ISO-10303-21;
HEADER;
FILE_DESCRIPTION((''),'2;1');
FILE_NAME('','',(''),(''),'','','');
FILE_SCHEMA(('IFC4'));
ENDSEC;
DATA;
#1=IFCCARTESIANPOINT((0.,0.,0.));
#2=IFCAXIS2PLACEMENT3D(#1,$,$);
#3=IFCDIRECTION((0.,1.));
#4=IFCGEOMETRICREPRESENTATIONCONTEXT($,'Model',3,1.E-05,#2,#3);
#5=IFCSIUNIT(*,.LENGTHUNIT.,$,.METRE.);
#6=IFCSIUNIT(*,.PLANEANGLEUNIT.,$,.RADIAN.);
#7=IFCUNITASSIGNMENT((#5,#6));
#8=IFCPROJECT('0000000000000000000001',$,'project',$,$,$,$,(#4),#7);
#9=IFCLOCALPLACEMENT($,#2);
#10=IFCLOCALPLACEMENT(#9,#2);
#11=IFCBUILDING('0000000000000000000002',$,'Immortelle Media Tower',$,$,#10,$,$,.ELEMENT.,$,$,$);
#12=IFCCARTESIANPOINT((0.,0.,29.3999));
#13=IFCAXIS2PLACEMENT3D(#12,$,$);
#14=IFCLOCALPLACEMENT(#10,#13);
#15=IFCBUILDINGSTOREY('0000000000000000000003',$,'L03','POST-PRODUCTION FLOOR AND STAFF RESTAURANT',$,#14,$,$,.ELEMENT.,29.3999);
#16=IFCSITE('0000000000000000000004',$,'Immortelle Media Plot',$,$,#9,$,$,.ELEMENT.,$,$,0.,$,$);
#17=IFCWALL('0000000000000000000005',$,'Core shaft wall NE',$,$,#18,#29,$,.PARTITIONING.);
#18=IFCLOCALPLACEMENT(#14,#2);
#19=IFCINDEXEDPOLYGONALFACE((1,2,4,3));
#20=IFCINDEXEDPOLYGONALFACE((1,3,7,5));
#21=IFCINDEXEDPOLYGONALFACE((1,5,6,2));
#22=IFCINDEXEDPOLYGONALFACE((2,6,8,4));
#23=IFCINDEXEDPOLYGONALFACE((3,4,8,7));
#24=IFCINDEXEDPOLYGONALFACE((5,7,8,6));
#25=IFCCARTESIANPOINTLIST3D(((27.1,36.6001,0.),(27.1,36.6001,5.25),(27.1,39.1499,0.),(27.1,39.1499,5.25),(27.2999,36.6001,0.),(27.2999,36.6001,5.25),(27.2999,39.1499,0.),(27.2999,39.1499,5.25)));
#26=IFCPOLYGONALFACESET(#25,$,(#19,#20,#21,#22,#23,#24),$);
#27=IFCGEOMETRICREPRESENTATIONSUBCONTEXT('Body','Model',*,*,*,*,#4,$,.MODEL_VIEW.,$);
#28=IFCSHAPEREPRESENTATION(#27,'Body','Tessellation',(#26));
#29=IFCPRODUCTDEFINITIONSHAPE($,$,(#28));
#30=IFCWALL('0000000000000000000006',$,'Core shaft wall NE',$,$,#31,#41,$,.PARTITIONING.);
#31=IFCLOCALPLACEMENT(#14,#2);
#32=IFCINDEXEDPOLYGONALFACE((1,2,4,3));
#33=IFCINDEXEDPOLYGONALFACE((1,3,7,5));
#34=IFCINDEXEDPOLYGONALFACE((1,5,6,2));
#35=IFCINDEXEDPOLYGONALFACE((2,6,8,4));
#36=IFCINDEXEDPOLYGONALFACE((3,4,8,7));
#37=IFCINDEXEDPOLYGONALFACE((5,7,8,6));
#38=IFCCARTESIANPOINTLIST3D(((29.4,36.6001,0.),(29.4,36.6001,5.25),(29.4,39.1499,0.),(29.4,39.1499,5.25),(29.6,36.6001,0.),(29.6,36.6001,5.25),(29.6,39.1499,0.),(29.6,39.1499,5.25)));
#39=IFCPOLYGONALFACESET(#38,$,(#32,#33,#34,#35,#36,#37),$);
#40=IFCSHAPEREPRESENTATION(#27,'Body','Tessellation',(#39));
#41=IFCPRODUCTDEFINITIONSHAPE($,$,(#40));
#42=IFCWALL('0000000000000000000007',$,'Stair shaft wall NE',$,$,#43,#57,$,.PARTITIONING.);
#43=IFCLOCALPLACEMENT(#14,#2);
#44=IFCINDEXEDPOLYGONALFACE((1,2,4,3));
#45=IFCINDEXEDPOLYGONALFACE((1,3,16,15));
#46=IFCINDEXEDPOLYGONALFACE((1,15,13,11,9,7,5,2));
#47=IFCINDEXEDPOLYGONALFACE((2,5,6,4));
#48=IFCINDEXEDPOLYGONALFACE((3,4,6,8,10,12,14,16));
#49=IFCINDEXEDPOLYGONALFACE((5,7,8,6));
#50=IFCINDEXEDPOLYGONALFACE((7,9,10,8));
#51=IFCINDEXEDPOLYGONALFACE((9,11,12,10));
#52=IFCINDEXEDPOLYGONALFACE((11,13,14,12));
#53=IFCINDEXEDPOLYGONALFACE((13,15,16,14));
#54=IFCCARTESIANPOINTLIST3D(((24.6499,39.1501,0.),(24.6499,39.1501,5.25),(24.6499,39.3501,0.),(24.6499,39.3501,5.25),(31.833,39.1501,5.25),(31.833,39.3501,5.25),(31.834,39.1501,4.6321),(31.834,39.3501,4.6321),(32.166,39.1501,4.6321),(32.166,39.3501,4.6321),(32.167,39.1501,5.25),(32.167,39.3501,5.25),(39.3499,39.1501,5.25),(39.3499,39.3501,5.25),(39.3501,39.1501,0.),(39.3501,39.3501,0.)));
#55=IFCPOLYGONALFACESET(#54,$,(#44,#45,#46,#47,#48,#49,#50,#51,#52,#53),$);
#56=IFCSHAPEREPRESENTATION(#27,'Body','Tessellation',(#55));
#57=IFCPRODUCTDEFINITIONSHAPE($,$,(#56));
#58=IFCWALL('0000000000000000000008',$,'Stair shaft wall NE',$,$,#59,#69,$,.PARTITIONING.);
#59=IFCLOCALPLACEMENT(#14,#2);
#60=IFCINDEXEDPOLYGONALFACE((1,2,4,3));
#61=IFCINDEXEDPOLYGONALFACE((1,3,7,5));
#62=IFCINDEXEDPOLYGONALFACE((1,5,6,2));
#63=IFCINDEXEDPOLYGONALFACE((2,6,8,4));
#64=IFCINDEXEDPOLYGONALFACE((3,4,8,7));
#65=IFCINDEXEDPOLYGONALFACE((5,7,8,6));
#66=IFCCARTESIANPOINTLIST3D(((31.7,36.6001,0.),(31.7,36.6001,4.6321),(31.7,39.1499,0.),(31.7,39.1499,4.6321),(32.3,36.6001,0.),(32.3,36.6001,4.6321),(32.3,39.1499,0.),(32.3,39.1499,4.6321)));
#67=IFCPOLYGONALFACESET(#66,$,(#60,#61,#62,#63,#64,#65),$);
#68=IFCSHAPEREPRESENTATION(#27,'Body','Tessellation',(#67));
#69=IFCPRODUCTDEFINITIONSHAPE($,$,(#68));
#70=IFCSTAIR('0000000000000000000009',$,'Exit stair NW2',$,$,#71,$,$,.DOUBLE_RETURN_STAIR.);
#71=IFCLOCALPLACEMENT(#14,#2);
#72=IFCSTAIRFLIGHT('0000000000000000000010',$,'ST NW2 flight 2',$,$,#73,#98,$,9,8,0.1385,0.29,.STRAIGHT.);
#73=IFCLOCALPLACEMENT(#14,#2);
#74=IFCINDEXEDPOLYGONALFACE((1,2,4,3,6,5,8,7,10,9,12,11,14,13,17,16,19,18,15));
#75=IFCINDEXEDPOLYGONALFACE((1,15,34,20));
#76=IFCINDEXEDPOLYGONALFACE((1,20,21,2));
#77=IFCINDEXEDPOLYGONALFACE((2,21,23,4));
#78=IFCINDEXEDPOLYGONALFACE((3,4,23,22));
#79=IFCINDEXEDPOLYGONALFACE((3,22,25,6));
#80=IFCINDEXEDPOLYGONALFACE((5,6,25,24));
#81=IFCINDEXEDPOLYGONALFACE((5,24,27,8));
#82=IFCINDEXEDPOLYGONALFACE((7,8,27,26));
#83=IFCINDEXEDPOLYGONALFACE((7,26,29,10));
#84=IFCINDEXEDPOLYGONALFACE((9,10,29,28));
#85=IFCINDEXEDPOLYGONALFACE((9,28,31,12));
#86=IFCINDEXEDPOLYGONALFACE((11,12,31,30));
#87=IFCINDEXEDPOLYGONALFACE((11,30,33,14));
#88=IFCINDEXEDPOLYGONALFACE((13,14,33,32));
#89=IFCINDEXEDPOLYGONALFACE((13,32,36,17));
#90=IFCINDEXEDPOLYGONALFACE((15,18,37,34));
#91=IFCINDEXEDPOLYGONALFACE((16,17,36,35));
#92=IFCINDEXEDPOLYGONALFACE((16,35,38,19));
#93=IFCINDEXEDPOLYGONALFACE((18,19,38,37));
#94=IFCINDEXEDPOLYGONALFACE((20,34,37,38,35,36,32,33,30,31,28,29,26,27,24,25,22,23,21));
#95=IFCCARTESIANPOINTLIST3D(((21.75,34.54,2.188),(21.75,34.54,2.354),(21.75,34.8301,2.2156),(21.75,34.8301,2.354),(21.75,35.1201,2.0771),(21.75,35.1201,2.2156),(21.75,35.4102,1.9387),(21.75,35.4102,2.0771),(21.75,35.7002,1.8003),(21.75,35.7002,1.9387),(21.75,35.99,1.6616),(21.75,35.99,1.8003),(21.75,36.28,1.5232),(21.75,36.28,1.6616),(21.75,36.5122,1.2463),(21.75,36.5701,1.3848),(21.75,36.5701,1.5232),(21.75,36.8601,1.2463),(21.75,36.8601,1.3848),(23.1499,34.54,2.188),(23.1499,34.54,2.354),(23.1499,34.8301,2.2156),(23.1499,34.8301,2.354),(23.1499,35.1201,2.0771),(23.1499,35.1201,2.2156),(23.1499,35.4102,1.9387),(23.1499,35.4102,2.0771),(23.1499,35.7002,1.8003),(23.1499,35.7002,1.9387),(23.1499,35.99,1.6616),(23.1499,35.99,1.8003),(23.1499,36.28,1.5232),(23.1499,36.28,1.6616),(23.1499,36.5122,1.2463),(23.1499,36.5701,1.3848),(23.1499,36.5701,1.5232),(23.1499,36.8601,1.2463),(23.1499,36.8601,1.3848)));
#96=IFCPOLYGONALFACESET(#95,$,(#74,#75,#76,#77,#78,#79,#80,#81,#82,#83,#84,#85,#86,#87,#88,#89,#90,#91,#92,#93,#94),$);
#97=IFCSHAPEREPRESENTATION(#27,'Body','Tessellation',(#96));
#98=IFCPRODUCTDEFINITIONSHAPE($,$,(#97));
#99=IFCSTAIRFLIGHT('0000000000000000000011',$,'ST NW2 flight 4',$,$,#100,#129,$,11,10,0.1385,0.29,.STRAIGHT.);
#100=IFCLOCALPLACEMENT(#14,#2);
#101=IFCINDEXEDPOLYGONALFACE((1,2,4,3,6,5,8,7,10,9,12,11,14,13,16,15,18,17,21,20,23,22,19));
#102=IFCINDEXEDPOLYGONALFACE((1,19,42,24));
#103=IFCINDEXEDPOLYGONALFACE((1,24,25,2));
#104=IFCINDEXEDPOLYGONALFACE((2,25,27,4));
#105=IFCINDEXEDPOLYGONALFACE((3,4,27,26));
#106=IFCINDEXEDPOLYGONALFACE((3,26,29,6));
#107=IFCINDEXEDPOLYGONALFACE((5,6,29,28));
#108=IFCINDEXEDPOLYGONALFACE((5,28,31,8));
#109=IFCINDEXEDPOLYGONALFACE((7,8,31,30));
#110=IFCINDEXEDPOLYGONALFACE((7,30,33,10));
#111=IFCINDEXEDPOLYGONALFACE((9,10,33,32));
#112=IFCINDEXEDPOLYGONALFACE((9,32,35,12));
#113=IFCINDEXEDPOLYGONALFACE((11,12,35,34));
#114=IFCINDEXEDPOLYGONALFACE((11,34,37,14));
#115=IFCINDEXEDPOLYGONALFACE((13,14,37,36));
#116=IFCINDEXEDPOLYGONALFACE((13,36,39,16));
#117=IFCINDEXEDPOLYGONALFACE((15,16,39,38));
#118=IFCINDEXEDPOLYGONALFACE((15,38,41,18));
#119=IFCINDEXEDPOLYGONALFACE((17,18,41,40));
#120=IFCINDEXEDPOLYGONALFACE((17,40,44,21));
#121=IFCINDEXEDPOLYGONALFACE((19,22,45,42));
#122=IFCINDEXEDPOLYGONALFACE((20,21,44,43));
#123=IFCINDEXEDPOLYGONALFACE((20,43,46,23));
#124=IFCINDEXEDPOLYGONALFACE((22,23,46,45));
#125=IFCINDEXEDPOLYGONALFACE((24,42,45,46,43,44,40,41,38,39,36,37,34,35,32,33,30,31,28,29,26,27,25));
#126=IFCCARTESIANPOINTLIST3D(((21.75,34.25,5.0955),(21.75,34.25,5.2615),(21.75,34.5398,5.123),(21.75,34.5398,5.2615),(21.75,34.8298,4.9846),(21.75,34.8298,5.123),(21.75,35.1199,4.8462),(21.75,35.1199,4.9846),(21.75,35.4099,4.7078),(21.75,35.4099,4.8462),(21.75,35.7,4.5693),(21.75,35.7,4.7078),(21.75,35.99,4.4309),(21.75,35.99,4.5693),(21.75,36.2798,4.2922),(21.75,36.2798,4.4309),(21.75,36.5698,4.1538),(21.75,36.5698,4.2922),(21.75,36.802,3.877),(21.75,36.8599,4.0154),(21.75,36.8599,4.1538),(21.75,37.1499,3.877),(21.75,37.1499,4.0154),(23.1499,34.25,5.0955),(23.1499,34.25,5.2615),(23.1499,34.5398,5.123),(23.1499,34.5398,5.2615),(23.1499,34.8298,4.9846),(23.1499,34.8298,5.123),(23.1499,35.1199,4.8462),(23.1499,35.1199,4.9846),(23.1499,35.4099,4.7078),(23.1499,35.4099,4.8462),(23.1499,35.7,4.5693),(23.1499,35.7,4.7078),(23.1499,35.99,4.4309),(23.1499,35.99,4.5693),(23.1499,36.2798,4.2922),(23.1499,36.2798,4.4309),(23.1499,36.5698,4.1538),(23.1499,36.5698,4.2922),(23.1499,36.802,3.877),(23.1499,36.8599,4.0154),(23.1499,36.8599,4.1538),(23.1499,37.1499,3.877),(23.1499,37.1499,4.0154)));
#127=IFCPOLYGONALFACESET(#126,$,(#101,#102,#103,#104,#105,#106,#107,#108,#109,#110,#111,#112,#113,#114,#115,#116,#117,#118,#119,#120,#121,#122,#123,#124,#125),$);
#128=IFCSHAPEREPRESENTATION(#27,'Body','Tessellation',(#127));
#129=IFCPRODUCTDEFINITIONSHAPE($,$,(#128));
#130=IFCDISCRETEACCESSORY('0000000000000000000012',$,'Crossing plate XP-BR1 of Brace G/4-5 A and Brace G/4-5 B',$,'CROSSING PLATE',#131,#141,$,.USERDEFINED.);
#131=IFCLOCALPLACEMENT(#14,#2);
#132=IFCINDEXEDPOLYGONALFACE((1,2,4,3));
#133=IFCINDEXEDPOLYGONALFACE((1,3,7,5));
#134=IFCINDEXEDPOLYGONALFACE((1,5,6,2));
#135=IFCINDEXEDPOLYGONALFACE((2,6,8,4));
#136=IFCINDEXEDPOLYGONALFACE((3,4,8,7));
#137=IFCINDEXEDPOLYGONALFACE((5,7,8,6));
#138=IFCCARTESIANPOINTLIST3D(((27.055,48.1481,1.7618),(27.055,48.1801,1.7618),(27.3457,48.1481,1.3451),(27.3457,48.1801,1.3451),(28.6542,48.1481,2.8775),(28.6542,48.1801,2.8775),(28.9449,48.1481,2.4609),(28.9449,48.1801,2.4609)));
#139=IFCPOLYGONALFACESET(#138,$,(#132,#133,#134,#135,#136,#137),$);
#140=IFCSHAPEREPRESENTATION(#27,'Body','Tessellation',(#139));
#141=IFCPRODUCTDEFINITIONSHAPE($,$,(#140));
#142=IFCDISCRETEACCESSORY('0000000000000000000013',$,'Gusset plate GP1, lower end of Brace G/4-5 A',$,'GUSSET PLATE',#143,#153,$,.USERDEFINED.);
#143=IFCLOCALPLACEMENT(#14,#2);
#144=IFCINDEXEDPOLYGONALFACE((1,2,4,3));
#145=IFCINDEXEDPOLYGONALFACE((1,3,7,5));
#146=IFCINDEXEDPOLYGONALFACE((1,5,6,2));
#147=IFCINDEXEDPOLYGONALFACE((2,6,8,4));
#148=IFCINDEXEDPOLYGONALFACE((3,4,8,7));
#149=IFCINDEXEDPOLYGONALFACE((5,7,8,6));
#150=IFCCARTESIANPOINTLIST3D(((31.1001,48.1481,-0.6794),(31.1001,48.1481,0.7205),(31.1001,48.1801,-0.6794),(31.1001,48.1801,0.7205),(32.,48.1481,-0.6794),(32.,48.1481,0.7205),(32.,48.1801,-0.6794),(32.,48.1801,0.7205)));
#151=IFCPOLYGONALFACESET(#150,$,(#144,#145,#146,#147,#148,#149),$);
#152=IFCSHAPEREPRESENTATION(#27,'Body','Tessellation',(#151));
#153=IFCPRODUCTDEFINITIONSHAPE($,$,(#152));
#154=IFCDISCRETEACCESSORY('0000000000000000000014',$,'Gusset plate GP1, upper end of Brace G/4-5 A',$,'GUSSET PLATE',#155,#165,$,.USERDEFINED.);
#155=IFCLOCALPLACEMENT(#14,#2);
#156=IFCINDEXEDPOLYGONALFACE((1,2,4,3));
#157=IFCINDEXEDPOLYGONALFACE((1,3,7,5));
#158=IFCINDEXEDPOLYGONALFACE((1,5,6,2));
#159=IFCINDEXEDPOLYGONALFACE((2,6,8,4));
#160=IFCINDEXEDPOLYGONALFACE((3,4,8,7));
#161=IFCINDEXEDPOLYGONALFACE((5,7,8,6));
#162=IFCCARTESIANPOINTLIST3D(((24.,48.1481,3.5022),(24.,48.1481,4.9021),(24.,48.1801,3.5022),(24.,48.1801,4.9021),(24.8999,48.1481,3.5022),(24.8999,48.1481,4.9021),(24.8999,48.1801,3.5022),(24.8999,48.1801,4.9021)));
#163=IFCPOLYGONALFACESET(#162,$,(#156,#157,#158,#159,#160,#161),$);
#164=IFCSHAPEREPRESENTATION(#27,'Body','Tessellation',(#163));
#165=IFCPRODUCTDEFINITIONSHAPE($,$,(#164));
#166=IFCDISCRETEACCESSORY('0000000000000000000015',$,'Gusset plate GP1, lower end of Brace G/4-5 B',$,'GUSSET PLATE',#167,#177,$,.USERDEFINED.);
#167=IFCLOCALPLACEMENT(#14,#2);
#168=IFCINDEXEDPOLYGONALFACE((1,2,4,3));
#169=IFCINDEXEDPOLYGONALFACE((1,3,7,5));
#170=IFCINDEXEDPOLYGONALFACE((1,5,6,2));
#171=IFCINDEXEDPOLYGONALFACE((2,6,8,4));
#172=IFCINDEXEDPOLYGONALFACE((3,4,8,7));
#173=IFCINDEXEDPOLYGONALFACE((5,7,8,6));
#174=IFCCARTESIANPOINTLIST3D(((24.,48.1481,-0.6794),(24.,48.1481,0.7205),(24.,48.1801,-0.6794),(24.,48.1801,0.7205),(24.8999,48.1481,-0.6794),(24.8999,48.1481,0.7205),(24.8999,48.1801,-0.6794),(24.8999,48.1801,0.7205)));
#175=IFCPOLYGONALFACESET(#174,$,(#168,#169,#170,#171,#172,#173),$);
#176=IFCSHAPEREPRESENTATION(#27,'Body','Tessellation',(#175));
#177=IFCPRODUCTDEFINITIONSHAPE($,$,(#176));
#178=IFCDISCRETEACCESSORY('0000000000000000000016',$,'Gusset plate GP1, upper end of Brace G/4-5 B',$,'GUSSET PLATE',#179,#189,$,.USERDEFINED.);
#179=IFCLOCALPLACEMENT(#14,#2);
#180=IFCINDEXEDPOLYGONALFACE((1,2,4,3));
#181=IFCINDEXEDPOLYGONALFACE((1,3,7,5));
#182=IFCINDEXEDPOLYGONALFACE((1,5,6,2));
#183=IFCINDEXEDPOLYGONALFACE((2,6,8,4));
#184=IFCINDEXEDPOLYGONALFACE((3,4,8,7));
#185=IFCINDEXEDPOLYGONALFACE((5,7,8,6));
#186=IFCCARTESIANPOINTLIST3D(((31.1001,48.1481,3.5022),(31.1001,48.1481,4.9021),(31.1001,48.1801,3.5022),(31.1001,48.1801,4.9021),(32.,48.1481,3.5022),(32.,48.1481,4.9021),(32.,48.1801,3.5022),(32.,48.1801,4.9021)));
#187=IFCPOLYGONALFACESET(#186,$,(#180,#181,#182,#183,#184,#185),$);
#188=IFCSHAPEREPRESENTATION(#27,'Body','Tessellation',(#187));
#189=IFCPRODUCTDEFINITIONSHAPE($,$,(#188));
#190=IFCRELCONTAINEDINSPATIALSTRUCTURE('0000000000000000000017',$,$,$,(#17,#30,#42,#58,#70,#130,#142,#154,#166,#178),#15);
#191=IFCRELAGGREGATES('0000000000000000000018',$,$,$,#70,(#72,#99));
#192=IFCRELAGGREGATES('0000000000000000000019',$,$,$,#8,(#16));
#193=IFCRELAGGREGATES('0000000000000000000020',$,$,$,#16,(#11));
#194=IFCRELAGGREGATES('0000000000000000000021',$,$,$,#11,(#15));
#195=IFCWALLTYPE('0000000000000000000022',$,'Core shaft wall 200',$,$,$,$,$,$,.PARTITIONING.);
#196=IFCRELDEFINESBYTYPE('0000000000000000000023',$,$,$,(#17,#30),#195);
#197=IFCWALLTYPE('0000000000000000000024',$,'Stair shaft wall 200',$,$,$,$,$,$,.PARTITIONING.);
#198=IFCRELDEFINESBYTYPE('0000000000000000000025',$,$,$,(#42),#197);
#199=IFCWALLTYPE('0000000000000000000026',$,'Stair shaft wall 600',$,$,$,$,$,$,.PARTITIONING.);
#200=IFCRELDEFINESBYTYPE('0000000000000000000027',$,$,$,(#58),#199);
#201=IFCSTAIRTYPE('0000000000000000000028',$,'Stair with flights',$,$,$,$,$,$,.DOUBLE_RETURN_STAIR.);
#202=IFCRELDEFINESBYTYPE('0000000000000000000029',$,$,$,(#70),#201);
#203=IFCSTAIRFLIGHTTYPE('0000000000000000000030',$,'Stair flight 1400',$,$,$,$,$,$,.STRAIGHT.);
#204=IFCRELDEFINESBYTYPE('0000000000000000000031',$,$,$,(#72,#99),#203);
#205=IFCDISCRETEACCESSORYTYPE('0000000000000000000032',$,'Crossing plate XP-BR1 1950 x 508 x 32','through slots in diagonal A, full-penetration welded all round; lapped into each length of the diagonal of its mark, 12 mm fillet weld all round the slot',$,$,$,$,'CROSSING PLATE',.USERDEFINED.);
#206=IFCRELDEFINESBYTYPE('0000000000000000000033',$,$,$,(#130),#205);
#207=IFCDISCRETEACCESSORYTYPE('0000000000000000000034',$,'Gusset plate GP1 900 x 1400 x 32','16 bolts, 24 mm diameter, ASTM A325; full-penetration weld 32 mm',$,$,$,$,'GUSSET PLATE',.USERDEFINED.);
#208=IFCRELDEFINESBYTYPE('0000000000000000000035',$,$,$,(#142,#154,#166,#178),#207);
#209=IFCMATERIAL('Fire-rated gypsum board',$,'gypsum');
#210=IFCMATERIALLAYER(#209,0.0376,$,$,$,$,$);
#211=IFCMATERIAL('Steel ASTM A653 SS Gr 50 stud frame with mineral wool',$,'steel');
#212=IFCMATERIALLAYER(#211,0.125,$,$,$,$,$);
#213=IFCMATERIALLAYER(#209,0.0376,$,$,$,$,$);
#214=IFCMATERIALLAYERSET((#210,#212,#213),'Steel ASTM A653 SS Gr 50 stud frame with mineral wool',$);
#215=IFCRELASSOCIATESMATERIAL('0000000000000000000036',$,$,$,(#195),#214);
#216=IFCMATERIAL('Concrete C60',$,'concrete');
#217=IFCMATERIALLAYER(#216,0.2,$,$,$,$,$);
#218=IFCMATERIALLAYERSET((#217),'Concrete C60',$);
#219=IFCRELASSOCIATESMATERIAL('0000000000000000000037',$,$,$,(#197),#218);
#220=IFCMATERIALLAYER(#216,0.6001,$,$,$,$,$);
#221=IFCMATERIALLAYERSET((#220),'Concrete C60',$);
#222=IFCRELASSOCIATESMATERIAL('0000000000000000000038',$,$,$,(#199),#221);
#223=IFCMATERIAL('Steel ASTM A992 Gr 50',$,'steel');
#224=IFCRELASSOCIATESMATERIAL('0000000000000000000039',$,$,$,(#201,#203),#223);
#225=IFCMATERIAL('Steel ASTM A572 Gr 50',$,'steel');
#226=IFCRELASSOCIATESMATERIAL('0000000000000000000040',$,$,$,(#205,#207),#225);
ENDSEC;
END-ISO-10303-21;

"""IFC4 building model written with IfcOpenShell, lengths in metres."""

from ifc_helpers import new_model, si_unit, direction, frame, frame_2d, origin, origin_2d, place, context, subcontext, project, spatial, polyline, rectangle, outline, extrude, material, layer, layer_set, material_profile, profile_set, type_object, element, aggregate, save


model = new_model("IFC4")

# Units and contexts
model_context = context("Model", 3, precision=1e-05, world=origin(), true_north=direction((0.0, 1.0)))
body_context = subcontext(model_context, "Body", "Model", "MODEL_VIEW")
ifc_project = project(units=[si_unit("LENGTHUNIT", "METRE"), si_unit("PLANEANGLEUNIT", "RADIAN")], contexts=[model_context])

# Site, building, storey
site_placement = place(None, origin())
site = spatial("IfcSite", under=ifc_project, at=site_placement, Name="Immortelle Media Plot", CompositionType="ELEMENT", RefElevation=0.0)
building_placement = place(site_placement, origin())
building = spatial("IfcBuilding", under=site, at=building_placement, Name="Immortelle Media Tower", CompositionType="ELEMENT")
storey_placement = place(building_placement, frame((0.0, 0.0, 29.3999)))
storey = spatial("IfcBuildingStorey", under=building, at=storey_placement, Name="L03", Description="POST-PRODUCTION FLOOR AND STAFF RESTAURANT", CompositionType="ELEMENT", Elevation=29.3999)

# Shared definitions
ifc_material_1 = material(Name="Steel ASTM A992 Gr 50", Category="steel")

# Shared definitions
ifc_material_2 = material(Name="Fire-rated gypsum board", Category="gypsum")
ifc_layer_1 = layer(ifc_material_2, 0.0376)
ifc_material_3 = material(Name="Steel ASTM A653 SS Gr 50 stud frame with mineral wool", Category="steel")
ifc_layer_2 = layer(ifc_material_3, 0.125)
ifc_layer_3 = layer(ifc_material_2, 0.0376)
ifc_layer_set_1 = layer_set([ifc_layer_1, ifc_layer_2, ifc_layer_3], Name="Steel ASTM A653 SS Gr 50 stud frame with mineral wool")
wall_type_1 = type_object("IfcWallType", Name="Core shaft wall 200", PredefinedType="PARTITIONING", material=ifc_layer_set_1)

# Walls
for number, where, z_axis, x_axis, name in (
    (1, (27.2, 36.6001, 0.0), (0.0, 0.0, 1.0), (0.0, 1.0, 0.0), "Core shaft wall NE"),
    (2, (29.5, 36.6001, 0.0), (0.0, 0.0, 1.0), (0.0, 1.0, 0.0), "Core shaft wall NE"),
):
    element("IfcWall", number, at=place(storey_placement, frame(where, z_axis=z_axis, x_axis=x_axis)), inside=storey, type_object=wall_type_1, Name=name, PredefinedType="PARTITIONING", context=body_context, shape_type="SweptSolid", body=[
        extrude(rectangle(XDim=2.5498, YDim=0.2, at=frame_2d((1.2749, 0.0))), origin(), (0.0, 0.0, 1.0), 5.25),
    ])
ifc_material_4 = material(Name="Concrete C60", Category="concrete")
ifc_layer_4 = layer(ifc_material_4, 0.2)
ifc_layer_set_2 = layer_set([ifc_layer_4], Name="Concrete C60")
wall_type_2 = type_object("IfcWallType", Name="Stair shaft wall 200", PredefinedType="PARTITIONING", material=ifc_layer_set_2)
wall_1_placement = place(storey_placement, frame((24.6499, 39.25, 0.0), z_axis=(0.0, 0.0, 1.0), x_axis=(1.0, 0.0, 0.0)))
element("IfcWall", 3, at=wall_1_placement, inside=storey, type_object=wall_type_2, Name="Stair shaft wall NE", PredefinedType="PARTITIONING", context=body_context, shape_type="SweptSolid", body=[
    extrude(outline(polyline([(0.0, 0.0), (14.7002, 0.0), (14.7, 5.25), (7.5171, 5.25), (7.5161, 4.6321), (7.1841, 4.6321), (7.1831, 5.25), (0.0, 5.25), (0.0, 0.0)])), frame((0.0, 0.1001, 0.0), z_axis=(0.0, -1.0, 0.0), x_axis=(1.0, 0.0, 0.0)), (0.0, 0.0, 1.0), 0.2),
])
ifc_layer_5 = layer(ifc_material_4, 0.6001)
ifc_layer_set_3 = layer_set([ifc_layer_5], Name="Concrete C60")
wall_type_3 = type_object("IfcWallType", Name="Stair shaft wall 600", PredefinedType="PARTITIONING", material=ifc_layer_set_3)
wall_2_placement = place(storey_placement, frame((32.0, 36.6001, 0.0), z_axis=(0.0, 0.0, 1.0), x_axis=(0.0, 1.0, 0.0)))
element("IfcWall", 4, at=wall_2_placement, inside=storey, type_object=wall_type_3, Name="Stair shaft wall NE", PredefinedType="PARTITIONING", context=body_context, shape_type="SweptSolid", body=[
    extrude(rectangle(XDim=2.5498, YDim=0.6001, at=frame_2d((1.2749, 0.0))), origin(), (0.0, 0.0, 1.0), 4.6321),
])

# Stair, stair flights
stair_type = type_object("IfcStairType", Name="Stair with flights", PredefinedType="DOUBLE_RETURN_STAIR", material=ifc_material_1)
stair_placement = place(storey_placement, origin())
stair = element("IfcStair", 5, at=stair_placement, inside=storey, type_object=stair_type, Name="Exit stair NW2", PredefinedType="DOUBLE_RETURN_STAIR")
stair_flight_type = type_object("IfcStairFlightType", Name="Stair flight 1400", PredefinedType="STRAIGHT", material=ifc_material_1)
stair_flight_1_placement = place(storey_placement, frame((22.45, 36.8601, 1.2463), z_axis=(0.0, 0.0, 1.0), x_axis=(0.0, -1.0, 0.0)))
stair_flight_1 = element("IfcStairFlight", 6, at=stair_flight_1_placement, type_object=stair_flight_type, Name="ST NW2 flight 2", NumberOfRisers=9, NumberOfTreads=8, PredefinedType="STRAIGHT", RiserHeight=0.1385, TreadLength=0.29, context=body_context, shape_type="SweptSolid", body=[
    extrude(outline(polyline([(0.0, 0.0), (0.0, 0.1384), (0.29, 0.1384), (0.29, 0.2769), (0.5801, 0.2769), (0.5801, 0.4153), (0.8701, 0.4153), (0.8701, 0.554), (1.1599, 0.554), (1.1599, 0.6924), (1.45, 0.6924), (1.45, 0.8308), (1.74, 0.8308), (1.74, 0.9692), (2.03, 0.9692), (2.03, 1.1077), (2.3201, 1.1077), (2.3201, 1.2461), (2.3201, 0.9417), (0.3479, 0.0), (0.0, 0.0)])), frame((0.0, 0.7, 0.0), z_axis=(0.0, -1.0, 0.0), x_axis=(1.0, 0.0, 0.0)), (0.0, 0.0, 1.0), 1.3999),
])
stair_flight_2_placement = place(storey_placement, frame((22.45, 37.1499, 3.877), z_axis=(0.0, 0.0, 1.0), x_axis=(0.0, -1.0, 0.0)))
stair_flight_2 = element("IfcStairFlight", 7, at=stair_flight_2_placement, type_object=stair_flight_type, Name="ST NW2 flight 4", NumberOfRisers=11, NumberOfTreads=10, PredefinedType="STRAIGHT", RiserHeight=0.1385, TreadLength=0.29, context=body_context, shape_type="SweptSolid", body=[
    extrude(outline(polyline([(0.0, 0.0), (0.0, 0.1384), (0.29, 0.1384), (0.29, 0.2769), (0.5801, 0.2769), (0.5801, 0.4153), (0.8701, 0.4153), (0.8701, 0.554), (1.1599, 0.554), (1.1599, 0.6924), (1.45, 0.6924), (1.45, 0.8308), (1.74, 0.8308), (1.74, 0.9692), (2.03, 0.9692), (2.03, 1.1077), (2.3201, 1.1077), (2.3201, 1.2461), (2.6101, 1.2461), (2.6101, 1.3845), (2.8999, 1.3845), (2.8999, 1.5232), (2.8999, 1.2185), (0.3479, 0.0), (0.0, 0.0)])), frame((0.0, 0.7, 0.0), z_axis=(0.0, -1.0, 0.0), x_axis=(1.0, 0.0, 0.0)), (0.0, 0.0, 1.0), 1.3999),
])
aggregate(stair, [stair_flight_1, stair_flight_2])

# Discrete accessories
ifc_material_5 = material(Name="Steel ASTM A572 Gr 50", Category="steel")
ifc_material_profile_1 = material_profile(ifc_material_5, rectangle(XDim=0.032, YDim=0.5081, at=origin_2d()), Name="PL 32 x 508")
ifc_profile_set_1 = profile_set([ifc_material_profile_1], Name="Steel ASTM A572 Gr 50")
discrete_accessory_type_1 = type_object("IfcDiscreteAccessoryType", Name="Crossing plate XP-BR1 1950 x 508 x 32", Description="through slots in diagonal A, full-penetration welded all round; lapped into each length of the diagonal of its mark, 12 mm fillet weld all round the slot", ElementType="CROSSING PLATE", PredefinedType="USERDEFINED", material=ifc_profile_set_1)
discrete_accessory_placement = place(storey_placement, frame((28.7996, 48.1641, 2.6692), z_axis=(-0.820113, 0.0, -0.572201), x_axis=(0.0, -1.0, 0.0)))
element("IfcDiscreteAccessory", 8, at=discrete_accessory_placement, inside=storey, type_object=discrete_accessory_type_1, Name="Crossing plate XP-BR1 of Brace G/4-5 A and Brace G/4-5 B", ObjectType="CROSSING PLATE", PredefinedType="USERDEFINED", context=body_context, shape_type="SweptSolid", body=[
    extrude(rectangle(XDim=0.032, YDim=0.5081, at=origin_2d()), origin(), (0.0, 0.0, 1.0), 1.95),
])
ifc_material_profile_2 = material_profile(ifc_material_5, rectangle(XDim=0.032, YDim=1.3999, at=origin_2d()), Name="PL 32 x 1400")
ifc_profile_set_2 = profile_set([ifc_material_profile_2], Name="Steel ASTM A572 Gr 50")
discrete_accessory_type_2 = type_object("IfcDiscreteAccessoryType", Name="Gusset plate GP1 900 x 1400 x 32", Description="16 bolts, 24 mm diameter, ASTM A325; full-penetration weld 32 mm", ElementType="GUSSET PLATE", PredefinedType="USERDEFINED", material=ifc_profile_set_2)
for number, where, z_axis, x_axis, name in (
    (9, (32.0, 48.1641, 0.0205), (-1.0, 0.0, 0.0), (0.0, -1.0, 0.0), "Gusset plate GP1, lower end of Brace G/4-5 A"),
    (10, (24.0, 48.1641, 4.2021), (1.0, 0.0, 0.0), (0.0, 1.0, 0.0), "Gusset plate GP1, upper end of Brace G/4-5 A"),
    (11, (24.0, 48.1641, 0.0205), (1.0, 0.0, 0.0), (0.0, 1.0, 0.0), "Gusset plate GP1, lower end of Brace G/4-5 B"),
    (12, (32.0, 48.1641, 4.2021), (-1.0, 0.0, 0.0), (0.0, -1.0, 0.0), "Gusset plate GP1, upper end of Brace G/4-5 B"),
):
    element("IfcDiscreteAccessory", number, at=place(storey_placement, frame(where, z_axis=z_axis, x_axis=x_axis)), inside=storey, type_object=discrete_accessory_type_2, Name=name, ObjectType="GUSSET PLATE", PredefinedType="USERDEFINED", context=body_context, shape_type="SweptSolid", body=[
        extrude(rectangle(XDim=0.032, YDim=1.3999, at=origin_2d()), origin(), (0.0, 0.0, 1.0), 0.8999),
    ])

save(model, "model.ifc")
